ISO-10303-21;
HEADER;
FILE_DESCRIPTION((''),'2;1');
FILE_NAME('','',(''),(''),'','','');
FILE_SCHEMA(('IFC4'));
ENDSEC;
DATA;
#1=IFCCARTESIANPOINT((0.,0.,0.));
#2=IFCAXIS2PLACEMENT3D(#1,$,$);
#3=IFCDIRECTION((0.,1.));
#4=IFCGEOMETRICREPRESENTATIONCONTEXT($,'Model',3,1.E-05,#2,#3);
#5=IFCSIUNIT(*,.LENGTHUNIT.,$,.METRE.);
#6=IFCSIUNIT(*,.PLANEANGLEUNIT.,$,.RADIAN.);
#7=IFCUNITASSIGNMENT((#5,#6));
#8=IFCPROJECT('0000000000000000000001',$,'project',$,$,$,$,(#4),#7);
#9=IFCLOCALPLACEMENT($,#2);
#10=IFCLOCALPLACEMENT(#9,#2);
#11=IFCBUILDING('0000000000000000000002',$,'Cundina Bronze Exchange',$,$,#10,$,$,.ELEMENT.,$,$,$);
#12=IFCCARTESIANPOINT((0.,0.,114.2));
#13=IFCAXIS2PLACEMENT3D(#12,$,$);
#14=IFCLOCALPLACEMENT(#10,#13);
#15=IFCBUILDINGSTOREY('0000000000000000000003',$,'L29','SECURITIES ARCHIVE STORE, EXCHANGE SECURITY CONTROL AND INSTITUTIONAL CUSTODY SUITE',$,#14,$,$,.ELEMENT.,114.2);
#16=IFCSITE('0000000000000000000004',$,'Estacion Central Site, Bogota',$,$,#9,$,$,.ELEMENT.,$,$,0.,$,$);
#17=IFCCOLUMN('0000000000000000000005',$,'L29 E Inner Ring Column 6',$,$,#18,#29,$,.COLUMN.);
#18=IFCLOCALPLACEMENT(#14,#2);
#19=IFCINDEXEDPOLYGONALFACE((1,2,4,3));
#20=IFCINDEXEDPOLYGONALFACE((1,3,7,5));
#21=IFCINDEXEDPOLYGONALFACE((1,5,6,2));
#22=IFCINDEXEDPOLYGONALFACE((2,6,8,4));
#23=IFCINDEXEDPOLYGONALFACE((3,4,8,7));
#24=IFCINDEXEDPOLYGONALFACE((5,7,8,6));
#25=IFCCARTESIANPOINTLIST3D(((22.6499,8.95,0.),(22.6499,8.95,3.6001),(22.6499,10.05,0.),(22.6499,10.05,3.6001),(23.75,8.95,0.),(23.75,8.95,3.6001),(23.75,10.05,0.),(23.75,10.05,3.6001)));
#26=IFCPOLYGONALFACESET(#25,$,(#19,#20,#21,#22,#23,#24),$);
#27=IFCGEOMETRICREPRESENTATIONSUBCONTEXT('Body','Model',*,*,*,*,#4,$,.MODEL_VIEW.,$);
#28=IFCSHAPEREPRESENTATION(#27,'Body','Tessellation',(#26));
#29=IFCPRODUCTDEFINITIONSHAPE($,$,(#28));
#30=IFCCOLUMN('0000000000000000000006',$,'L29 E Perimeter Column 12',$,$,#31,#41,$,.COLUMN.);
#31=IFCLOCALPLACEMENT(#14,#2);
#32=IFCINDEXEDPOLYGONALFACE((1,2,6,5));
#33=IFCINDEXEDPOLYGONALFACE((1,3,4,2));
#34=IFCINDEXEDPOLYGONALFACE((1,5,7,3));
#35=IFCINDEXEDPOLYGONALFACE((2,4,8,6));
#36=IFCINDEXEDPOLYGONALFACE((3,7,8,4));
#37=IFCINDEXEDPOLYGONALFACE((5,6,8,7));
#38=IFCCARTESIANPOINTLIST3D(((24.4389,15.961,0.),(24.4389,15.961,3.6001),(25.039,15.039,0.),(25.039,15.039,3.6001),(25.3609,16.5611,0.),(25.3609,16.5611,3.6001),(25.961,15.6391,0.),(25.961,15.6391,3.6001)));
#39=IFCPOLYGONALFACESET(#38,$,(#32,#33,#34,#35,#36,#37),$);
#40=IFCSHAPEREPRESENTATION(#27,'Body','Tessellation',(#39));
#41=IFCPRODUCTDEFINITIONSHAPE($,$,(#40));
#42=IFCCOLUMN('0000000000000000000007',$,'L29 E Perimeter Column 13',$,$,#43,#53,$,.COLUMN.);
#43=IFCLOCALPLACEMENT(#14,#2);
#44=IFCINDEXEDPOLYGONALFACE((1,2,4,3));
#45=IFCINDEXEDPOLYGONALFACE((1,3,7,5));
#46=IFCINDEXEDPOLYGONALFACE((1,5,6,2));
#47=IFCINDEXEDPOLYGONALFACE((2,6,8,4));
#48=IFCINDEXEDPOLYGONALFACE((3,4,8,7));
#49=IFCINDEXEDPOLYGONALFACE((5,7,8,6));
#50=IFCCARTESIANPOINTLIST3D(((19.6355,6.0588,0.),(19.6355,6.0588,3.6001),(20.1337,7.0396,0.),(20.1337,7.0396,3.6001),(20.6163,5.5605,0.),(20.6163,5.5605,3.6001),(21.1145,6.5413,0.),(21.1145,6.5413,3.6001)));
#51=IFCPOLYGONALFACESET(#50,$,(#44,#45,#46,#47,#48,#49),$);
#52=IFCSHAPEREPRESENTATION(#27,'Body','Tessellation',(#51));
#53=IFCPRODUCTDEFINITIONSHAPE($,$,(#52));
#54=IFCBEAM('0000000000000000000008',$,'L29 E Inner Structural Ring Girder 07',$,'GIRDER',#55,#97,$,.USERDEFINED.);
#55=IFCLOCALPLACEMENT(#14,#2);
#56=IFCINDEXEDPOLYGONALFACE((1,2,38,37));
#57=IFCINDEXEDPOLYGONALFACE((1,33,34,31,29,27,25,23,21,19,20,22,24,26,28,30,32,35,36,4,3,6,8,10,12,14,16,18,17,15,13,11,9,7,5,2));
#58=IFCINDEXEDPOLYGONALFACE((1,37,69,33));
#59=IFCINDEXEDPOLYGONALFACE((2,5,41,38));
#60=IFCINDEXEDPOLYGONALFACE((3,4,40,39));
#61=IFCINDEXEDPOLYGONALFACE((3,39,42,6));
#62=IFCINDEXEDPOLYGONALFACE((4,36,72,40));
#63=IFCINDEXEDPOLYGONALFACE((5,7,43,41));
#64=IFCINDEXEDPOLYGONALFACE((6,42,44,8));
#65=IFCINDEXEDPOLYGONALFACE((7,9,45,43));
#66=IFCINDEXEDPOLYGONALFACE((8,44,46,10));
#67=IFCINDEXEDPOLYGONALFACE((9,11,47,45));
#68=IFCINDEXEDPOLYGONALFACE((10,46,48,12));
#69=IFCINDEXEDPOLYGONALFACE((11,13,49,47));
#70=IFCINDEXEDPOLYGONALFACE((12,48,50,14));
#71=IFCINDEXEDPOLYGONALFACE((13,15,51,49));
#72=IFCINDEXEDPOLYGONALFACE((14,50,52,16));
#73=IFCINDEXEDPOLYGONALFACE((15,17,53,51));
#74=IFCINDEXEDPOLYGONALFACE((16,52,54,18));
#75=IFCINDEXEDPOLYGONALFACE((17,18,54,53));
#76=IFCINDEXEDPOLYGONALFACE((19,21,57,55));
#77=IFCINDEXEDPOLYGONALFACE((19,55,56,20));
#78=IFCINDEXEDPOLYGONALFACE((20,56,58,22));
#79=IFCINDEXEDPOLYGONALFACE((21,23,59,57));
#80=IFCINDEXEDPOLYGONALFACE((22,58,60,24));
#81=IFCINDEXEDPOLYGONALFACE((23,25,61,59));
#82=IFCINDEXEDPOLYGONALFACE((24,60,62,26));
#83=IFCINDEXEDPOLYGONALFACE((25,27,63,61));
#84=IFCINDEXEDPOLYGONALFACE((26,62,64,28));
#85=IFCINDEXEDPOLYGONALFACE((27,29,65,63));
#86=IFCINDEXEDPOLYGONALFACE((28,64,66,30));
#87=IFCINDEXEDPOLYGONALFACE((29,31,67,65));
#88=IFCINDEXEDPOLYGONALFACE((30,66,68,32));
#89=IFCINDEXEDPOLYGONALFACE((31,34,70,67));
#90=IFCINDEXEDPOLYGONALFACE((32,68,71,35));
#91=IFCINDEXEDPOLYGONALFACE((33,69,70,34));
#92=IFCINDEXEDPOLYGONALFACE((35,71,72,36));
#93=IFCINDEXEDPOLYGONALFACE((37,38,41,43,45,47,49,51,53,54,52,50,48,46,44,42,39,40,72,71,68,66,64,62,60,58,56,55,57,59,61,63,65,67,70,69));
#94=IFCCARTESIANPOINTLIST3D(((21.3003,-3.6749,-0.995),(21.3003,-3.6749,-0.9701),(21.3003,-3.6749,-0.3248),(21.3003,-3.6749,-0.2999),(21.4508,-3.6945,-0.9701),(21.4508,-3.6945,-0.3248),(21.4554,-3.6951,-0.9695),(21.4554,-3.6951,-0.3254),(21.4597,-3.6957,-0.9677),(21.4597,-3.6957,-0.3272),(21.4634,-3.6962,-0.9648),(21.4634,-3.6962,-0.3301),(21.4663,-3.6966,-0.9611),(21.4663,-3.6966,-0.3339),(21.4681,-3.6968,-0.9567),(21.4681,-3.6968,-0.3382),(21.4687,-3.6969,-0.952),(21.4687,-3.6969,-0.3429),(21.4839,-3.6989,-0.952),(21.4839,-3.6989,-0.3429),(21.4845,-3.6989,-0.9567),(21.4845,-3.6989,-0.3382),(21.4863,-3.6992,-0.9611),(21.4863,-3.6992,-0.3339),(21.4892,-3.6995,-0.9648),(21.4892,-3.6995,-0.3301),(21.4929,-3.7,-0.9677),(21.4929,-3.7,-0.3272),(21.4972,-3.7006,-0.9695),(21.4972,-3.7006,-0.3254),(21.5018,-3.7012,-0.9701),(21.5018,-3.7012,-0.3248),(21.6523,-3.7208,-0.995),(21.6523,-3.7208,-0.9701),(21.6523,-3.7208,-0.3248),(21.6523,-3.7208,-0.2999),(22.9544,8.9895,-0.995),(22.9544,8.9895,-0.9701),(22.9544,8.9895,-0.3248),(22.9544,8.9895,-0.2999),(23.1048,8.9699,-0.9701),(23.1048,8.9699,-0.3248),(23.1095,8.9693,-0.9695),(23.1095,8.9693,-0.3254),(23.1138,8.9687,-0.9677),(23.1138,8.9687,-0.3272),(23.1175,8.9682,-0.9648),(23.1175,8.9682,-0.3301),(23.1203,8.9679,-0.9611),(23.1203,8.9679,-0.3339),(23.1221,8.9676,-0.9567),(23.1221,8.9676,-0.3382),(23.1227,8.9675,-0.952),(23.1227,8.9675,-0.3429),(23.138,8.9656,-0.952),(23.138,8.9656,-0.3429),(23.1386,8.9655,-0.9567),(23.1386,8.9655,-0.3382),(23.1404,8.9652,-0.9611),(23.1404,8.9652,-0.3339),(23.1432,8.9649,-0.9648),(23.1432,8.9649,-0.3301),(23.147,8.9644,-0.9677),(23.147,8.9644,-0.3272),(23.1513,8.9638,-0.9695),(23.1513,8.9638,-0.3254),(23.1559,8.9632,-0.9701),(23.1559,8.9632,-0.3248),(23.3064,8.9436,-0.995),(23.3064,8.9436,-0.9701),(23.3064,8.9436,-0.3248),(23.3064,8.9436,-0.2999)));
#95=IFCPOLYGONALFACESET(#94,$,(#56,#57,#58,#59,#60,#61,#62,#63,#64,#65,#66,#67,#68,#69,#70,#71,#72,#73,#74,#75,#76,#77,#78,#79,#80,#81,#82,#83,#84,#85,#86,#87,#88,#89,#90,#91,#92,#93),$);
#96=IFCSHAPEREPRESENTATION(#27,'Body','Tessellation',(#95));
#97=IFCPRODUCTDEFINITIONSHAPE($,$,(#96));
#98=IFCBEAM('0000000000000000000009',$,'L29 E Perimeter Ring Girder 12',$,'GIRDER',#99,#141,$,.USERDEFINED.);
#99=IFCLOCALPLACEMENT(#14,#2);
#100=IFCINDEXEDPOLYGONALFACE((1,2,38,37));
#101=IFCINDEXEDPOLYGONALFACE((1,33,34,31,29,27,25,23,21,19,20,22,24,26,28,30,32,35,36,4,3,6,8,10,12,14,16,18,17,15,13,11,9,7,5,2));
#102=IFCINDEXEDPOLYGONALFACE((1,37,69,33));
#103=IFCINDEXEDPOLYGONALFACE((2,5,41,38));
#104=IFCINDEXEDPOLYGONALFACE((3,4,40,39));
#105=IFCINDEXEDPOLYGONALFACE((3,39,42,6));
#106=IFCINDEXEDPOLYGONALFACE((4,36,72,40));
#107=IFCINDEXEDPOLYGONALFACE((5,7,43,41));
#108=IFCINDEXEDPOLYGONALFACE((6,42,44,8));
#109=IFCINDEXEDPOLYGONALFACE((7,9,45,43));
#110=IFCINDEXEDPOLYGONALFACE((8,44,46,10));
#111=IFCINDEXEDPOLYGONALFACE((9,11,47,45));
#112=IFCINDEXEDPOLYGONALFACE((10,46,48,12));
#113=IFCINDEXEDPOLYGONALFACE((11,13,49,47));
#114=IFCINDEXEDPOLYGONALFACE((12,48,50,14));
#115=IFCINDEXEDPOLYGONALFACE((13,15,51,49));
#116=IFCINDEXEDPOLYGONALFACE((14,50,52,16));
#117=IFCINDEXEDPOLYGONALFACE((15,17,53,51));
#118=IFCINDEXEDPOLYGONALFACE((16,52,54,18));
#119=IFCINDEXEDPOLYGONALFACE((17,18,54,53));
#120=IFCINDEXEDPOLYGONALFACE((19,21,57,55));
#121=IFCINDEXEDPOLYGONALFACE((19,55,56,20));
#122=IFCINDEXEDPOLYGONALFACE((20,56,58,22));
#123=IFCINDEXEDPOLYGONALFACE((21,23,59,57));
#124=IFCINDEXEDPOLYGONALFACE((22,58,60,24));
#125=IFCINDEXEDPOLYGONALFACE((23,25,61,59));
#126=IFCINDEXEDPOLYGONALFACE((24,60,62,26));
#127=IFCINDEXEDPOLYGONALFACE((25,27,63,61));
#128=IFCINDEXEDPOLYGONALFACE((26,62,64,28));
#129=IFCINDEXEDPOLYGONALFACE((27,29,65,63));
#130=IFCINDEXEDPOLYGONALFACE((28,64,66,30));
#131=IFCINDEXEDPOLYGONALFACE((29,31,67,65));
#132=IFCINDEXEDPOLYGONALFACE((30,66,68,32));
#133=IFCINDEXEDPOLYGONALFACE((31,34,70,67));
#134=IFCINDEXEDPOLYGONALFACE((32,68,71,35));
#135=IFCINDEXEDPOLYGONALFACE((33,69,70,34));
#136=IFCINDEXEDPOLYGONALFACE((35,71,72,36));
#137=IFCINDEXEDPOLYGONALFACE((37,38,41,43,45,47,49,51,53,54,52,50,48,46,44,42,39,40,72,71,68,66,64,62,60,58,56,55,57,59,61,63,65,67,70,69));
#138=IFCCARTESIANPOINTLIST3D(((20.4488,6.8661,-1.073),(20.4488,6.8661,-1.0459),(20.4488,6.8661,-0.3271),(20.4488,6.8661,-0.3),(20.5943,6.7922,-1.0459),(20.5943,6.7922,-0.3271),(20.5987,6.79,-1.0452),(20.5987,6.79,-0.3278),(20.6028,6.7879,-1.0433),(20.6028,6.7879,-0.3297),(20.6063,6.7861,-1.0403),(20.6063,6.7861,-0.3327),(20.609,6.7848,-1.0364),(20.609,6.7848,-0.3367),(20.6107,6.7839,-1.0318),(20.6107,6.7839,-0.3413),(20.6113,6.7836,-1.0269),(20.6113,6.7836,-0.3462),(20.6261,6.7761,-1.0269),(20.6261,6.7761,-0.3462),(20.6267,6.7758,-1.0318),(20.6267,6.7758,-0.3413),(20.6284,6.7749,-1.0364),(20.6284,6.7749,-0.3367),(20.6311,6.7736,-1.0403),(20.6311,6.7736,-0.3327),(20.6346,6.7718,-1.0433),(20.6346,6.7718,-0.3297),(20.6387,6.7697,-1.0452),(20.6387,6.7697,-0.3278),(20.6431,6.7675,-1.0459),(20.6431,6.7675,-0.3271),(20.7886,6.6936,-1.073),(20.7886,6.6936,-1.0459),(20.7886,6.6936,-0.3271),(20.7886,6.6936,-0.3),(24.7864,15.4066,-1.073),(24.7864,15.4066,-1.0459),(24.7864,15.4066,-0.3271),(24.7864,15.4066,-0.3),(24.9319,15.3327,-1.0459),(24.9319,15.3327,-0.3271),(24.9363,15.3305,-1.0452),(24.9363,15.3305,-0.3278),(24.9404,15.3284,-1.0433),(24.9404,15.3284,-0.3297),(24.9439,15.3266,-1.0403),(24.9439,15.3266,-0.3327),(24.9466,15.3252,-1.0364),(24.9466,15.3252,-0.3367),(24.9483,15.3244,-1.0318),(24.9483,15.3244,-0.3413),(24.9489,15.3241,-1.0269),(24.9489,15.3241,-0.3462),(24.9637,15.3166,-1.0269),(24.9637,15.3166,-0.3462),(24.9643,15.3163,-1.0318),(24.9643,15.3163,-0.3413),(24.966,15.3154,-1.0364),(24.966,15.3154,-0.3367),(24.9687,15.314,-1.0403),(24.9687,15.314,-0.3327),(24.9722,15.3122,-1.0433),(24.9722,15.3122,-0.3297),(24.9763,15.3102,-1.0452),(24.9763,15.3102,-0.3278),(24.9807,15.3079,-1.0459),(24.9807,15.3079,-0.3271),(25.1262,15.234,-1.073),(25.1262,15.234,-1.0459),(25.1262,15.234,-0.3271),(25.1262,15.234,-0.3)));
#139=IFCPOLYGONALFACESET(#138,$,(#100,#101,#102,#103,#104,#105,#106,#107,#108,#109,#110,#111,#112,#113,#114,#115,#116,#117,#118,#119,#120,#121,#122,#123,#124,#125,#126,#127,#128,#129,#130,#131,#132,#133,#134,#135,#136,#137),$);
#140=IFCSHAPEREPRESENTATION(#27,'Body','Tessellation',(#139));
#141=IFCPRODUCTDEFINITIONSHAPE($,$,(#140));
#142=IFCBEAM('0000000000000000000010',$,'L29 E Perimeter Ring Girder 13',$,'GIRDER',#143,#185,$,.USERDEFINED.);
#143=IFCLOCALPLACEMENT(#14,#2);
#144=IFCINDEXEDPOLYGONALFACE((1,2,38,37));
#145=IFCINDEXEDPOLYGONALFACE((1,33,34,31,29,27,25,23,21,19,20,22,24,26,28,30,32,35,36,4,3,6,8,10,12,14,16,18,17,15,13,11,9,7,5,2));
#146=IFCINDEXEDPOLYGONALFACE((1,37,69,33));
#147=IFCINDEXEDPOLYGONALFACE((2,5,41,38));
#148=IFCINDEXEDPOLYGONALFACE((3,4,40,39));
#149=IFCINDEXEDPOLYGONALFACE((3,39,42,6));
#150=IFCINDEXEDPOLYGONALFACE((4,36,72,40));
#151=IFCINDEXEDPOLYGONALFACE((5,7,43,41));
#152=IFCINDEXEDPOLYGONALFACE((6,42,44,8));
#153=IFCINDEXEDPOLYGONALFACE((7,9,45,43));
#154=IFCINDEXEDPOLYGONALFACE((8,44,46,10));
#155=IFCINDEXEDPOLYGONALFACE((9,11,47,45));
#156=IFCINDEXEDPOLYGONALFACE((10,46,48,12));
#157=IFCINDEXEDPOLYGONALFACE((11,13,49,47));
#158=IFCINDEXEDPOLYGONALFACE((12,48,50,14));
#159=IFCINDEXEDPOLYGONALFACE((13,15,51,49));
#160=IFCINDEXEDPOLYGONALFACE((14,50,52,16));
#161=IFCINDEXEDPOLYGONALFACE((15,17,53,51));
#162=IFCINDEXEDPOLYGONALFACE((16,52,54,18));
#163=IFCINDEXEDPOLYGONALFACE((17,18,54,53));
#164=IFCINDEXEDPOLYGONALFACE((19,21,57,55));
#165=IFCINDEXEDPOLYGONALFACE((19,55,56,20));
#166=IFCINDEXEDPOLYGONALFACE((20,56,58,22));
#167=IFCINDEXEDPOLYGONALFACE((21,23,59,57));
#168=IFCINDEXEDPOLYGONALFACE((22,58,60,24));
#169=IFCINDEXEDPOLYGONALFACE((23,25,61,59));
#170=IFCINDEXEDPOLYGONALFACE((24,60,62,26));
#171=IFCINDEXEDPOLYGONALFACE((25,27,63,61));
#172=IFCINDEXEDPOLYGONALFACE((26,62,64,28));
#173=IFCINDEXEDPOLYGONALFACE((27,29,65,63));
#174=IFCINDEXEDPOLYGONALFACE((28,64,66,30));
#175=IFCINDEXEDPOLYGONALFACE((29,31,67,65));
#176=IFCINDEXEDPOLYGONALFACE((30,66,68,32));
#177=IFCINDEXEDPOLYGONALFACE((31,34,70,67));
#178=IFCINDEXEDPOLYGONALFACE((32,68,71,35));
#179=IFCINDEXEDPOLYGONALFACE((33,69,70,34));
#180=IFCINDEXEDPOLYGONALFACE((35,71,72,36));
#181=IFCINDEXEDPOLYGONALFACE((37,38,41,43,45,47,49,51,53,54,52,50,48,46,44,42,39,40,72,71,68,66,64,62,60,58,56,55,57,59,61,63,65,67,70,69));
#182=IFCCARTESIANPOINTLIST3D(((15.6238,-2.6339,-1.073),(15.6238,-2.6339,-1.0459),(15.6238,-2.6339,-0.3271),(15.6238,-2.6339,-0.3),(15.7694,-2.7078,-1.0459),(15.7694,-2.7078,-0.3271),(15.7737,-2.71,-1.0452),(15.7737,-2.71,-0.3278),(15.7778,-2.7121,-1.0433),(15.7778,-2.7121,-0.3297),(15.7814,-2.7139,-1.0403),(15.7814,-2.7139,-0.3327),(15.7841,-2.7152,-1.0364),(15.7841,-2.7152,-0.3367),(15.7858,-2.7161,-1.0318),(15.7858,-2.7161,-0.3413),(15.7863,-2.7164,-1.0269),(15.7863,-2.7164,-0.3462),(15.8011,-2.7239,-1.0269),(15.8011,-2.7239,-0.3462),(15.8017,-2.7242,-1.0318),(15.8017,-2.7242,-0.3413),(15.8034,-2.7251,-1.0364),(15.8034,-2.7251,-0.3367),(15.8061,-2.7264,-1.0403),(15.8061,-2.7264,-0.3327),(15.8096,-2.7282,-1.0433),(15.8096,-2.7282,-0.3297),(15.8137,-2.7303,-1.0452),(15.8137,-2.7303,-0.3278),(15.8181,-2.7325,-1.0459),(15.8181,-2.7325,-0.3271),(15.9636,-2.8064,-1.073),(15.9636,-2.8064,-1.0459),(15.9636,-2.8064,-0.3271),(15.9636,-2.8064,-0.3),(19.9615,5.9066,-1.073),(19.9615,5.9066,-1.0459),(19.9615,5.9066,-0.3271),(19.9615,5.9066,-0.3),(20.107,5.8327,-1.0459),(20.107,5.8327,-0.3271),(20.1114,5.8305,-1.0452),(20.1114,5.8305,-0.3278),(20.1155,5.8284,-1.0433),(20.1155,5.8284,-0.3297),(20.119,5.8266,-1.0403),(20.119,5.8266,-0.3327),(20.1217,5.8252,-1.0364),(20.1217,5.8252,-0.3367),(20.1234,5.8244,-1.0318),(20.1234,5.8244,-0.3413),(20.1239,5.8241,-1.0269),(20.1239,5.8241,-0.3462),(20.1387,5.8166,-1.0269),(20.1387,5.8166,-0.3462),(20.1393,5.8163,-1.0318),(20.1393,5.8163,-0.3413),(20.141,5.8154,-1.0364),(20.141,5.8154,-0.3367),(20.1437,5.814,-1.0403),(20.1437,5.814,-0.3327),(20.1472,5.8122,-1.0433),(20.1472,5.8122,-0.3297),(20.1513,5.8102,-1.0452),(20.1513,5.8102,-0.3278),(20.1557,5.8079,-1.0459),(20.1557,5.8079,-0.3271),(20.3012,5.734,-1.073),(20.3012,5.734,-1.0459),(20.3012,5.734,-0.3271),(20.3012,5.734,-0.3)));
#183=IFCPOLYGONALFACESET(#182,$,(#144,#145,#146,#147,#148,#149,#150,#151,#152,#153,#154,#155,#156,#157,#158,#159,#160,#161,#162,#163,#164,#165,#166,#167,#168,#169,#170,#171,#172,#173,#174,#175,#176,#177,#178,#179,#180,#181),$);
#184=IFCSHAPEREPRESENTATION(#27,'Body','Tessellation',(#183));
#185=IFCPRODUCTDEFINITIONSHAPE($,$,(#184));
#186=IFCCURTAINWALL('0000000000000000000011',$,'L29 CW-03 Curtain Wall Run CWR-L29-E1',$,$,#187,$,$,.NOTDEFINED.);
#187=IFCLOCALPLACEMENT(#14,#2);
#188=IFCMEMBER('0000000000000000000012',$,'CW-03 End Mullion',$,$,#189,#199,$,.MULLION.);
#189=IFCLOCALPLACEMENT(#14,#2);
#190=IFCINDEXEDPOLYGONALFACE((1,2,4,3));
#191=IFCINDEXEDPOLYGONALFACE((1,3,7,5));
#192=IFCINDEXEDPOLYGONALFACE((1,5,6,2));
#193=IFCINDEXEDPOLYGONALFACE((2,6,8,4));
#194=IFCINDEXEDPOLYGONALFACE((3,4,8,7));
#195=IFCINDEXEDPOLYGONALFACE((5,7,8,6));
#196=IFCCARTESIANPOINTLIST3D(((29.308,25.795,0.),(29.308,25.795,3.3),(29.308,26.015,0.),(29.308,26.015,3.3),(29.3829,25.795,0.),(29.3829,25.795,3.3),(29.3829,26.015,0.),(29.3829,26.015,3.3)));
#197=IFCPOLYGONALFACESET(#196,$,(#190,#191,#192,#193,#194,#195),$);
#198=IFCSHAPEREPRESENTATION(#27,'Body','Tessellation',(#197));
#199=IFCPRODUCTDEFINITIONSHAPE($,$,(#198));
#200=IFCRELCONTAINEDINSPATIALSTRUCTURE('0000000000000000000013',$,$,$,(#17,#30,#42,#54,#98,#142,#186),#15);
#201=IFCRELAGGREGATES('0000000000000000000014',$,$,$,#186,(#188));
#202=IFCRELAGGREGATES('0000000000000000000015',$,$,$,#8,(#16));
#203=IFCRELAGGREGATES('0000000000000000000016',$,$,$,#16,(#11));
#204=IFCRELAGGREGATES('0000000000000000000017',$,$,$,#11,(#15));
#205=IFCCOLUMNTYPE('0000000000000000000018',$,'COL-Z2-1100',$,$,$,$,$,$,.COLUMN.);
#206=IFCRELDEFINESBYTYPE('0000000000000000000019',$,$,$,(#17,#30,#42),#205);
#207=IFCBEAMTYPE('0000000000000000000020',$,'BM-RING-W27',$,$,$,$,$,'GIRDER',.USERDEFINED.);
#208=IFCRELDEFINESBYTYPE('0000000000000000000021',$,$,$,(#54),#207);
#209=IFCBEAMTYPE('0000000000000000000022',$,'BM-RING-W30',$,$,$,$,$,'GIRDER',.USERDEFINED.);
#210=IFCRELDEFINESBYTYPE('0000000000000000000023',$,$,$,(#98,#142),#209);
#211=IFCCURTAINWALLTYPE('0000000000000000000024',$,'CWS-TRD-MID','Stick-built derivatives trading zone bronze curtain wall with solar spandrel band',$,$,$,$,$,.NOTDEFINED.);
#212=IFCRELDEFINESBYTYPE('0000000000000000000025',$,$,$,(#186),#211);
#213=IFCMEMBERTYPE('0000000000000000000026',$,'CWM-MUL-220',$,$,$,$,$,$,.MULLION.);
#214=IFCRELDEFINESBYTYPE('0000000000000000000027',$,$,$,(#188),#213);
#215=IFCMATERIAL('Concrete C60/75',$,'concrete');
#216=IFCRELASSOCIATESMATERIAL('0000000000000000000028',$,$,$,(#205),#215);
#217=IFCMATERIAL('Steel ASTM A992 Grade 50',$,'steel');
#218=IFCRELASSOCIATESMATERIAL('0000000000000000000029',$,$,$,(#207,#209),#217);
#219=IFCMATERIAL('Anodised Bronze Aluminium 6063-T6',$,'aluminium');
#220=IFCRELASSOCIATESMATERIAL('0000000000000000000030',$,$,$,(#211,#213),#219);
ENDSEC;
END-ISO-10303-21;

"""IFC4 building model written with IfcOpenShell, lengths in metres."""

from ifc_helpers import new_model, si_unit, direction, frame, origin, origin_2d, place, context, subcontext, project, spatial, rectangle, i_section, extrude, material, material_profile, profile_set, type_object, element, aggregate, save


model = new_model("IFC4")

# Units and contexts
model_context = context("Model", 3, precision=1e-05, world=origin(), true_north=direction((0.0, 1.0)))
body_context = subcontext(model_context, "Body", "Model", "MODEL_VIEW")
ifc_project = project(units=[si_unit("LENGTHUNIT", "METRE"), si_unit("PLANEANGLEUNIT", "RADIAN")], contexts=[model_context])

# Site, building, storey
site_placement = place(None, origin())
site = spatial("IfcSite", under=ifc_project, at=site_placement, Name="Estacion Central Site, Bogota", CompositionType="ELEMENT", RefElevation=0.0)
building_placement = place(site_placement, origin())
building = spatial("IfcBuilding", under=site, at=building_placement, Name="Cundina Bronze Exchange", CompositionType="ELEMENT")
storey_placement = place(building_placement, frame((0.0, 0.0, 114.2)))
storey = spatial("IfcBuildingStorey", under=building, at=storey_placement, Name="L29", Description="SECURITIES ARCHIVE STORE, EXCHANGE SECURITY CONTROL AND INSTITUTIONAL CUSTODY SUITE", CompositionType="ELEMENT", Elevation=114.2)

# Columns
ifc_material_1 = material(Name="Concrete C60/75", Category="concrete")
ifc_material_profile_1 = material_profile(ifc_material_1, rectangle(XDim=1.1001, YDim=1.1001, at=origin_2d()), Name="RC1100X1100", Category="concrete")
ifc_profile_set_1 = profile_set([ifc_material_profile_1], Name="Concrete C60/75")
column_type = type_object("IfcColumnType", Name="COL-Z2-1100", PredefinedType="COLUMN", material=ifc_profile_set_1)
for number, where, z_axis, x_axis, name in (
    (1, (23.2, 9.5, 0.0), (0.0, 0.0, 1.0), (1.0, 0.0, 0.0), "L29 E Inner Ring Column 6"),
    (2, (25.2, 15.8, 0.0), (0.0, 0.0, 1.0), (-0.8381, -0.545517, 0.0), "L29 E Perimeter Column 12"),
    (3, (20.375, 6.3, 0.0), (0.0, 0.0, 1.0), (-0.452902, -0.891561, 0.0), "L29 E Perimeter Column 13"),
):
    element("IfcColumn", number, at=place(storey_placement, frame(where, z_axis=z_axis, x_axis=x_axis)), inside=storey, type_object=column_type, Name=name, PredefinedType="COLUMN", context=body_context, shape_type="SweptSolid", body=[
        extrude(rectangle(XDim=1.1001, YDim=1.1001, at=origin_2d()), origin(), (0.0, 0.0, 1.0), 3.6001),
    ])

# Beams
ifc_material_2 = material(Name="Steel ASTM A992 Grade 50", Category="steel")
ifc_material_profile_2 = material_profile(ifc_material_2, i_section(OverallWidth=0.355, OverallDepth=0.6951, WebThickness=0.0154, FlangeThickness=0.0249, FilletRadius=0.0181, at=origin_2d()), Name="W27X146", Category="steel")
ifc_profile_set_2 = profile_set([ifc_material_profile_2], Name="Steel ASTM A992 Grade 50")
beam_type_1 = type_object("IfcBeamType", Name="BM-RING-W27", ElementType="GIRDER", PredefinedType="USERDEFINED", material=ifc_profile_set_2)
beam_placement = place(storey_placement, frame((23.1304, 8.9666, -0.6475), z_axis=(-0.129508, -0.991578, 0.0), x_axis=(0.991578, -0.129508, 0.0)))
element("IfcBeam", 4, at=beam_placement, inside=storey, type_object=beam_type_1, Name="L29 E Inner Structural Ring Girder 07", ObjectType="GIRDER", PredefinedType="USERDEFINED", context=body_context, shape_type="SweptSolid", body=[
    extrude(i_section(OverallWidth=0.355, OverallDepth=0.6951, WebThickness=0.0154, FlangeThickness=0.0249, FilletRadius=0.0181, at=origin_2d()), origin(), (0.0, 0.0, 1.0), 12.772),
])
ifc_material_profile_3 = material_profile(ifc_material_2, i_section(OverallWidth=0.3811, OverallDepth=0.7729, WebThickness=0.0166, FlangeThickness=0.0271, FilletRadius=0.019, at=origin_2d()), Name="W30X173", Category="steel")
ifc_profile_set_3 = profile_set([ifc_material_profile_3], Name="Steel ASTM A992 Grade 50")
beam_type_2 = type_object("IfcBeamType", Name="BM-RING-W30", ElementType="GIRDER", PredefinedType="USERDEFINED", material=ifc_profile_set_3)
for number, where, z_axis, x_axis, name in (
    (5, (24.9563, 15.3203, -0.6865), (-0.452832, -0.891596, 0.0), (0.891596, -0.452832, 0.0), "L29 E Perimeter Ring Girder 12"),
    (6, (20.1313, 5.8203, -0.6865), (-0.452832, -0.891596, 0.0), (0.891596, -0.452832, 0.0), "L29 E Perimeter Ring Girder 13"),
):
    element("IfcBeam", number, at=place(storey_placement, frame(where, z_axis=z_axis, x_axis=x_axis)), inside=storey, type_object=beam_type_2, Name=name, ObjectType="GIRDER", PredefinedType="USERDEFINED", context=body_context, shape_type="SweptSolid", body=[
        extrude(i_section(OverallWidth=0.3811, OverallDepth=0.7729, WebThickness=0.0166, FlangeThickness=0.0271, FilletRadius=0.019, at=origin_2d()), origin(), (0.0, 0.0, 1.0), 9.5789),
    ])

# Curtain wall, member
ifc_material_3 = material(Name="Anodised Bronze Aluminium 6063-T6", Category="aluminium")
curtain_wall_type = type_object("IfcCurtainWallType", Name="CWS-TRD-MID", Description="Stick-built derivatives trading zone bronze curtain wall with solar spandrel band", PredefinedType="NOTDEFINED", material=ifc_material_3)
curtain_wall_1_placement = place(storey_placement, origin())
curtain_wall_1 = element("IfcCurtainWall", 7, at=curtain_wall_1_placement, inside=storey, type_object=curtain_wall_type, Name="L29 CW-03 Curtain Wall Run CWR-L29-E1", PredefinedType="NOTDEFINED")
ifc_material_profile_4 = material_profile(ifc_material_3, rectangle(XDim=0.075, YDim=0.22, at=origin_2d()), Name="AL75X220", Category="aluminium")
ifc_profile_set_4 = profile_set([ifc_material_profile_4], Name="Anodised Bronze Aluminium 6063-T6")
member_type_1 = type_object("IfcMemberType", Name="CWM-MUL-220", PredefinedType="MULLION", material=ifc_profile_set_4)
member_1_placement = place(storey_placement, frame((29.3455, 25.905, 0.0), z_axis=(0.0, 0.0, 1.0), x_axis=(-1.0, 0.0, 0.0)))
member_1 = element("IfcMember", 8, at=member_1_placement, type_object=member_type_1, Name="CW-03 End Mullion", PredefinedType="MULLION", context=body_context, shape_type="SweptSolid", body=[
    extrude(rectangle(XDim=0.075, YDim=0.22, at=origin_2d()), origin(), (0.0, 0.0, 1.0), 3.3),
])
aggregate(curtain_wall_1, [member_1])

save(model, "model.ifc")
